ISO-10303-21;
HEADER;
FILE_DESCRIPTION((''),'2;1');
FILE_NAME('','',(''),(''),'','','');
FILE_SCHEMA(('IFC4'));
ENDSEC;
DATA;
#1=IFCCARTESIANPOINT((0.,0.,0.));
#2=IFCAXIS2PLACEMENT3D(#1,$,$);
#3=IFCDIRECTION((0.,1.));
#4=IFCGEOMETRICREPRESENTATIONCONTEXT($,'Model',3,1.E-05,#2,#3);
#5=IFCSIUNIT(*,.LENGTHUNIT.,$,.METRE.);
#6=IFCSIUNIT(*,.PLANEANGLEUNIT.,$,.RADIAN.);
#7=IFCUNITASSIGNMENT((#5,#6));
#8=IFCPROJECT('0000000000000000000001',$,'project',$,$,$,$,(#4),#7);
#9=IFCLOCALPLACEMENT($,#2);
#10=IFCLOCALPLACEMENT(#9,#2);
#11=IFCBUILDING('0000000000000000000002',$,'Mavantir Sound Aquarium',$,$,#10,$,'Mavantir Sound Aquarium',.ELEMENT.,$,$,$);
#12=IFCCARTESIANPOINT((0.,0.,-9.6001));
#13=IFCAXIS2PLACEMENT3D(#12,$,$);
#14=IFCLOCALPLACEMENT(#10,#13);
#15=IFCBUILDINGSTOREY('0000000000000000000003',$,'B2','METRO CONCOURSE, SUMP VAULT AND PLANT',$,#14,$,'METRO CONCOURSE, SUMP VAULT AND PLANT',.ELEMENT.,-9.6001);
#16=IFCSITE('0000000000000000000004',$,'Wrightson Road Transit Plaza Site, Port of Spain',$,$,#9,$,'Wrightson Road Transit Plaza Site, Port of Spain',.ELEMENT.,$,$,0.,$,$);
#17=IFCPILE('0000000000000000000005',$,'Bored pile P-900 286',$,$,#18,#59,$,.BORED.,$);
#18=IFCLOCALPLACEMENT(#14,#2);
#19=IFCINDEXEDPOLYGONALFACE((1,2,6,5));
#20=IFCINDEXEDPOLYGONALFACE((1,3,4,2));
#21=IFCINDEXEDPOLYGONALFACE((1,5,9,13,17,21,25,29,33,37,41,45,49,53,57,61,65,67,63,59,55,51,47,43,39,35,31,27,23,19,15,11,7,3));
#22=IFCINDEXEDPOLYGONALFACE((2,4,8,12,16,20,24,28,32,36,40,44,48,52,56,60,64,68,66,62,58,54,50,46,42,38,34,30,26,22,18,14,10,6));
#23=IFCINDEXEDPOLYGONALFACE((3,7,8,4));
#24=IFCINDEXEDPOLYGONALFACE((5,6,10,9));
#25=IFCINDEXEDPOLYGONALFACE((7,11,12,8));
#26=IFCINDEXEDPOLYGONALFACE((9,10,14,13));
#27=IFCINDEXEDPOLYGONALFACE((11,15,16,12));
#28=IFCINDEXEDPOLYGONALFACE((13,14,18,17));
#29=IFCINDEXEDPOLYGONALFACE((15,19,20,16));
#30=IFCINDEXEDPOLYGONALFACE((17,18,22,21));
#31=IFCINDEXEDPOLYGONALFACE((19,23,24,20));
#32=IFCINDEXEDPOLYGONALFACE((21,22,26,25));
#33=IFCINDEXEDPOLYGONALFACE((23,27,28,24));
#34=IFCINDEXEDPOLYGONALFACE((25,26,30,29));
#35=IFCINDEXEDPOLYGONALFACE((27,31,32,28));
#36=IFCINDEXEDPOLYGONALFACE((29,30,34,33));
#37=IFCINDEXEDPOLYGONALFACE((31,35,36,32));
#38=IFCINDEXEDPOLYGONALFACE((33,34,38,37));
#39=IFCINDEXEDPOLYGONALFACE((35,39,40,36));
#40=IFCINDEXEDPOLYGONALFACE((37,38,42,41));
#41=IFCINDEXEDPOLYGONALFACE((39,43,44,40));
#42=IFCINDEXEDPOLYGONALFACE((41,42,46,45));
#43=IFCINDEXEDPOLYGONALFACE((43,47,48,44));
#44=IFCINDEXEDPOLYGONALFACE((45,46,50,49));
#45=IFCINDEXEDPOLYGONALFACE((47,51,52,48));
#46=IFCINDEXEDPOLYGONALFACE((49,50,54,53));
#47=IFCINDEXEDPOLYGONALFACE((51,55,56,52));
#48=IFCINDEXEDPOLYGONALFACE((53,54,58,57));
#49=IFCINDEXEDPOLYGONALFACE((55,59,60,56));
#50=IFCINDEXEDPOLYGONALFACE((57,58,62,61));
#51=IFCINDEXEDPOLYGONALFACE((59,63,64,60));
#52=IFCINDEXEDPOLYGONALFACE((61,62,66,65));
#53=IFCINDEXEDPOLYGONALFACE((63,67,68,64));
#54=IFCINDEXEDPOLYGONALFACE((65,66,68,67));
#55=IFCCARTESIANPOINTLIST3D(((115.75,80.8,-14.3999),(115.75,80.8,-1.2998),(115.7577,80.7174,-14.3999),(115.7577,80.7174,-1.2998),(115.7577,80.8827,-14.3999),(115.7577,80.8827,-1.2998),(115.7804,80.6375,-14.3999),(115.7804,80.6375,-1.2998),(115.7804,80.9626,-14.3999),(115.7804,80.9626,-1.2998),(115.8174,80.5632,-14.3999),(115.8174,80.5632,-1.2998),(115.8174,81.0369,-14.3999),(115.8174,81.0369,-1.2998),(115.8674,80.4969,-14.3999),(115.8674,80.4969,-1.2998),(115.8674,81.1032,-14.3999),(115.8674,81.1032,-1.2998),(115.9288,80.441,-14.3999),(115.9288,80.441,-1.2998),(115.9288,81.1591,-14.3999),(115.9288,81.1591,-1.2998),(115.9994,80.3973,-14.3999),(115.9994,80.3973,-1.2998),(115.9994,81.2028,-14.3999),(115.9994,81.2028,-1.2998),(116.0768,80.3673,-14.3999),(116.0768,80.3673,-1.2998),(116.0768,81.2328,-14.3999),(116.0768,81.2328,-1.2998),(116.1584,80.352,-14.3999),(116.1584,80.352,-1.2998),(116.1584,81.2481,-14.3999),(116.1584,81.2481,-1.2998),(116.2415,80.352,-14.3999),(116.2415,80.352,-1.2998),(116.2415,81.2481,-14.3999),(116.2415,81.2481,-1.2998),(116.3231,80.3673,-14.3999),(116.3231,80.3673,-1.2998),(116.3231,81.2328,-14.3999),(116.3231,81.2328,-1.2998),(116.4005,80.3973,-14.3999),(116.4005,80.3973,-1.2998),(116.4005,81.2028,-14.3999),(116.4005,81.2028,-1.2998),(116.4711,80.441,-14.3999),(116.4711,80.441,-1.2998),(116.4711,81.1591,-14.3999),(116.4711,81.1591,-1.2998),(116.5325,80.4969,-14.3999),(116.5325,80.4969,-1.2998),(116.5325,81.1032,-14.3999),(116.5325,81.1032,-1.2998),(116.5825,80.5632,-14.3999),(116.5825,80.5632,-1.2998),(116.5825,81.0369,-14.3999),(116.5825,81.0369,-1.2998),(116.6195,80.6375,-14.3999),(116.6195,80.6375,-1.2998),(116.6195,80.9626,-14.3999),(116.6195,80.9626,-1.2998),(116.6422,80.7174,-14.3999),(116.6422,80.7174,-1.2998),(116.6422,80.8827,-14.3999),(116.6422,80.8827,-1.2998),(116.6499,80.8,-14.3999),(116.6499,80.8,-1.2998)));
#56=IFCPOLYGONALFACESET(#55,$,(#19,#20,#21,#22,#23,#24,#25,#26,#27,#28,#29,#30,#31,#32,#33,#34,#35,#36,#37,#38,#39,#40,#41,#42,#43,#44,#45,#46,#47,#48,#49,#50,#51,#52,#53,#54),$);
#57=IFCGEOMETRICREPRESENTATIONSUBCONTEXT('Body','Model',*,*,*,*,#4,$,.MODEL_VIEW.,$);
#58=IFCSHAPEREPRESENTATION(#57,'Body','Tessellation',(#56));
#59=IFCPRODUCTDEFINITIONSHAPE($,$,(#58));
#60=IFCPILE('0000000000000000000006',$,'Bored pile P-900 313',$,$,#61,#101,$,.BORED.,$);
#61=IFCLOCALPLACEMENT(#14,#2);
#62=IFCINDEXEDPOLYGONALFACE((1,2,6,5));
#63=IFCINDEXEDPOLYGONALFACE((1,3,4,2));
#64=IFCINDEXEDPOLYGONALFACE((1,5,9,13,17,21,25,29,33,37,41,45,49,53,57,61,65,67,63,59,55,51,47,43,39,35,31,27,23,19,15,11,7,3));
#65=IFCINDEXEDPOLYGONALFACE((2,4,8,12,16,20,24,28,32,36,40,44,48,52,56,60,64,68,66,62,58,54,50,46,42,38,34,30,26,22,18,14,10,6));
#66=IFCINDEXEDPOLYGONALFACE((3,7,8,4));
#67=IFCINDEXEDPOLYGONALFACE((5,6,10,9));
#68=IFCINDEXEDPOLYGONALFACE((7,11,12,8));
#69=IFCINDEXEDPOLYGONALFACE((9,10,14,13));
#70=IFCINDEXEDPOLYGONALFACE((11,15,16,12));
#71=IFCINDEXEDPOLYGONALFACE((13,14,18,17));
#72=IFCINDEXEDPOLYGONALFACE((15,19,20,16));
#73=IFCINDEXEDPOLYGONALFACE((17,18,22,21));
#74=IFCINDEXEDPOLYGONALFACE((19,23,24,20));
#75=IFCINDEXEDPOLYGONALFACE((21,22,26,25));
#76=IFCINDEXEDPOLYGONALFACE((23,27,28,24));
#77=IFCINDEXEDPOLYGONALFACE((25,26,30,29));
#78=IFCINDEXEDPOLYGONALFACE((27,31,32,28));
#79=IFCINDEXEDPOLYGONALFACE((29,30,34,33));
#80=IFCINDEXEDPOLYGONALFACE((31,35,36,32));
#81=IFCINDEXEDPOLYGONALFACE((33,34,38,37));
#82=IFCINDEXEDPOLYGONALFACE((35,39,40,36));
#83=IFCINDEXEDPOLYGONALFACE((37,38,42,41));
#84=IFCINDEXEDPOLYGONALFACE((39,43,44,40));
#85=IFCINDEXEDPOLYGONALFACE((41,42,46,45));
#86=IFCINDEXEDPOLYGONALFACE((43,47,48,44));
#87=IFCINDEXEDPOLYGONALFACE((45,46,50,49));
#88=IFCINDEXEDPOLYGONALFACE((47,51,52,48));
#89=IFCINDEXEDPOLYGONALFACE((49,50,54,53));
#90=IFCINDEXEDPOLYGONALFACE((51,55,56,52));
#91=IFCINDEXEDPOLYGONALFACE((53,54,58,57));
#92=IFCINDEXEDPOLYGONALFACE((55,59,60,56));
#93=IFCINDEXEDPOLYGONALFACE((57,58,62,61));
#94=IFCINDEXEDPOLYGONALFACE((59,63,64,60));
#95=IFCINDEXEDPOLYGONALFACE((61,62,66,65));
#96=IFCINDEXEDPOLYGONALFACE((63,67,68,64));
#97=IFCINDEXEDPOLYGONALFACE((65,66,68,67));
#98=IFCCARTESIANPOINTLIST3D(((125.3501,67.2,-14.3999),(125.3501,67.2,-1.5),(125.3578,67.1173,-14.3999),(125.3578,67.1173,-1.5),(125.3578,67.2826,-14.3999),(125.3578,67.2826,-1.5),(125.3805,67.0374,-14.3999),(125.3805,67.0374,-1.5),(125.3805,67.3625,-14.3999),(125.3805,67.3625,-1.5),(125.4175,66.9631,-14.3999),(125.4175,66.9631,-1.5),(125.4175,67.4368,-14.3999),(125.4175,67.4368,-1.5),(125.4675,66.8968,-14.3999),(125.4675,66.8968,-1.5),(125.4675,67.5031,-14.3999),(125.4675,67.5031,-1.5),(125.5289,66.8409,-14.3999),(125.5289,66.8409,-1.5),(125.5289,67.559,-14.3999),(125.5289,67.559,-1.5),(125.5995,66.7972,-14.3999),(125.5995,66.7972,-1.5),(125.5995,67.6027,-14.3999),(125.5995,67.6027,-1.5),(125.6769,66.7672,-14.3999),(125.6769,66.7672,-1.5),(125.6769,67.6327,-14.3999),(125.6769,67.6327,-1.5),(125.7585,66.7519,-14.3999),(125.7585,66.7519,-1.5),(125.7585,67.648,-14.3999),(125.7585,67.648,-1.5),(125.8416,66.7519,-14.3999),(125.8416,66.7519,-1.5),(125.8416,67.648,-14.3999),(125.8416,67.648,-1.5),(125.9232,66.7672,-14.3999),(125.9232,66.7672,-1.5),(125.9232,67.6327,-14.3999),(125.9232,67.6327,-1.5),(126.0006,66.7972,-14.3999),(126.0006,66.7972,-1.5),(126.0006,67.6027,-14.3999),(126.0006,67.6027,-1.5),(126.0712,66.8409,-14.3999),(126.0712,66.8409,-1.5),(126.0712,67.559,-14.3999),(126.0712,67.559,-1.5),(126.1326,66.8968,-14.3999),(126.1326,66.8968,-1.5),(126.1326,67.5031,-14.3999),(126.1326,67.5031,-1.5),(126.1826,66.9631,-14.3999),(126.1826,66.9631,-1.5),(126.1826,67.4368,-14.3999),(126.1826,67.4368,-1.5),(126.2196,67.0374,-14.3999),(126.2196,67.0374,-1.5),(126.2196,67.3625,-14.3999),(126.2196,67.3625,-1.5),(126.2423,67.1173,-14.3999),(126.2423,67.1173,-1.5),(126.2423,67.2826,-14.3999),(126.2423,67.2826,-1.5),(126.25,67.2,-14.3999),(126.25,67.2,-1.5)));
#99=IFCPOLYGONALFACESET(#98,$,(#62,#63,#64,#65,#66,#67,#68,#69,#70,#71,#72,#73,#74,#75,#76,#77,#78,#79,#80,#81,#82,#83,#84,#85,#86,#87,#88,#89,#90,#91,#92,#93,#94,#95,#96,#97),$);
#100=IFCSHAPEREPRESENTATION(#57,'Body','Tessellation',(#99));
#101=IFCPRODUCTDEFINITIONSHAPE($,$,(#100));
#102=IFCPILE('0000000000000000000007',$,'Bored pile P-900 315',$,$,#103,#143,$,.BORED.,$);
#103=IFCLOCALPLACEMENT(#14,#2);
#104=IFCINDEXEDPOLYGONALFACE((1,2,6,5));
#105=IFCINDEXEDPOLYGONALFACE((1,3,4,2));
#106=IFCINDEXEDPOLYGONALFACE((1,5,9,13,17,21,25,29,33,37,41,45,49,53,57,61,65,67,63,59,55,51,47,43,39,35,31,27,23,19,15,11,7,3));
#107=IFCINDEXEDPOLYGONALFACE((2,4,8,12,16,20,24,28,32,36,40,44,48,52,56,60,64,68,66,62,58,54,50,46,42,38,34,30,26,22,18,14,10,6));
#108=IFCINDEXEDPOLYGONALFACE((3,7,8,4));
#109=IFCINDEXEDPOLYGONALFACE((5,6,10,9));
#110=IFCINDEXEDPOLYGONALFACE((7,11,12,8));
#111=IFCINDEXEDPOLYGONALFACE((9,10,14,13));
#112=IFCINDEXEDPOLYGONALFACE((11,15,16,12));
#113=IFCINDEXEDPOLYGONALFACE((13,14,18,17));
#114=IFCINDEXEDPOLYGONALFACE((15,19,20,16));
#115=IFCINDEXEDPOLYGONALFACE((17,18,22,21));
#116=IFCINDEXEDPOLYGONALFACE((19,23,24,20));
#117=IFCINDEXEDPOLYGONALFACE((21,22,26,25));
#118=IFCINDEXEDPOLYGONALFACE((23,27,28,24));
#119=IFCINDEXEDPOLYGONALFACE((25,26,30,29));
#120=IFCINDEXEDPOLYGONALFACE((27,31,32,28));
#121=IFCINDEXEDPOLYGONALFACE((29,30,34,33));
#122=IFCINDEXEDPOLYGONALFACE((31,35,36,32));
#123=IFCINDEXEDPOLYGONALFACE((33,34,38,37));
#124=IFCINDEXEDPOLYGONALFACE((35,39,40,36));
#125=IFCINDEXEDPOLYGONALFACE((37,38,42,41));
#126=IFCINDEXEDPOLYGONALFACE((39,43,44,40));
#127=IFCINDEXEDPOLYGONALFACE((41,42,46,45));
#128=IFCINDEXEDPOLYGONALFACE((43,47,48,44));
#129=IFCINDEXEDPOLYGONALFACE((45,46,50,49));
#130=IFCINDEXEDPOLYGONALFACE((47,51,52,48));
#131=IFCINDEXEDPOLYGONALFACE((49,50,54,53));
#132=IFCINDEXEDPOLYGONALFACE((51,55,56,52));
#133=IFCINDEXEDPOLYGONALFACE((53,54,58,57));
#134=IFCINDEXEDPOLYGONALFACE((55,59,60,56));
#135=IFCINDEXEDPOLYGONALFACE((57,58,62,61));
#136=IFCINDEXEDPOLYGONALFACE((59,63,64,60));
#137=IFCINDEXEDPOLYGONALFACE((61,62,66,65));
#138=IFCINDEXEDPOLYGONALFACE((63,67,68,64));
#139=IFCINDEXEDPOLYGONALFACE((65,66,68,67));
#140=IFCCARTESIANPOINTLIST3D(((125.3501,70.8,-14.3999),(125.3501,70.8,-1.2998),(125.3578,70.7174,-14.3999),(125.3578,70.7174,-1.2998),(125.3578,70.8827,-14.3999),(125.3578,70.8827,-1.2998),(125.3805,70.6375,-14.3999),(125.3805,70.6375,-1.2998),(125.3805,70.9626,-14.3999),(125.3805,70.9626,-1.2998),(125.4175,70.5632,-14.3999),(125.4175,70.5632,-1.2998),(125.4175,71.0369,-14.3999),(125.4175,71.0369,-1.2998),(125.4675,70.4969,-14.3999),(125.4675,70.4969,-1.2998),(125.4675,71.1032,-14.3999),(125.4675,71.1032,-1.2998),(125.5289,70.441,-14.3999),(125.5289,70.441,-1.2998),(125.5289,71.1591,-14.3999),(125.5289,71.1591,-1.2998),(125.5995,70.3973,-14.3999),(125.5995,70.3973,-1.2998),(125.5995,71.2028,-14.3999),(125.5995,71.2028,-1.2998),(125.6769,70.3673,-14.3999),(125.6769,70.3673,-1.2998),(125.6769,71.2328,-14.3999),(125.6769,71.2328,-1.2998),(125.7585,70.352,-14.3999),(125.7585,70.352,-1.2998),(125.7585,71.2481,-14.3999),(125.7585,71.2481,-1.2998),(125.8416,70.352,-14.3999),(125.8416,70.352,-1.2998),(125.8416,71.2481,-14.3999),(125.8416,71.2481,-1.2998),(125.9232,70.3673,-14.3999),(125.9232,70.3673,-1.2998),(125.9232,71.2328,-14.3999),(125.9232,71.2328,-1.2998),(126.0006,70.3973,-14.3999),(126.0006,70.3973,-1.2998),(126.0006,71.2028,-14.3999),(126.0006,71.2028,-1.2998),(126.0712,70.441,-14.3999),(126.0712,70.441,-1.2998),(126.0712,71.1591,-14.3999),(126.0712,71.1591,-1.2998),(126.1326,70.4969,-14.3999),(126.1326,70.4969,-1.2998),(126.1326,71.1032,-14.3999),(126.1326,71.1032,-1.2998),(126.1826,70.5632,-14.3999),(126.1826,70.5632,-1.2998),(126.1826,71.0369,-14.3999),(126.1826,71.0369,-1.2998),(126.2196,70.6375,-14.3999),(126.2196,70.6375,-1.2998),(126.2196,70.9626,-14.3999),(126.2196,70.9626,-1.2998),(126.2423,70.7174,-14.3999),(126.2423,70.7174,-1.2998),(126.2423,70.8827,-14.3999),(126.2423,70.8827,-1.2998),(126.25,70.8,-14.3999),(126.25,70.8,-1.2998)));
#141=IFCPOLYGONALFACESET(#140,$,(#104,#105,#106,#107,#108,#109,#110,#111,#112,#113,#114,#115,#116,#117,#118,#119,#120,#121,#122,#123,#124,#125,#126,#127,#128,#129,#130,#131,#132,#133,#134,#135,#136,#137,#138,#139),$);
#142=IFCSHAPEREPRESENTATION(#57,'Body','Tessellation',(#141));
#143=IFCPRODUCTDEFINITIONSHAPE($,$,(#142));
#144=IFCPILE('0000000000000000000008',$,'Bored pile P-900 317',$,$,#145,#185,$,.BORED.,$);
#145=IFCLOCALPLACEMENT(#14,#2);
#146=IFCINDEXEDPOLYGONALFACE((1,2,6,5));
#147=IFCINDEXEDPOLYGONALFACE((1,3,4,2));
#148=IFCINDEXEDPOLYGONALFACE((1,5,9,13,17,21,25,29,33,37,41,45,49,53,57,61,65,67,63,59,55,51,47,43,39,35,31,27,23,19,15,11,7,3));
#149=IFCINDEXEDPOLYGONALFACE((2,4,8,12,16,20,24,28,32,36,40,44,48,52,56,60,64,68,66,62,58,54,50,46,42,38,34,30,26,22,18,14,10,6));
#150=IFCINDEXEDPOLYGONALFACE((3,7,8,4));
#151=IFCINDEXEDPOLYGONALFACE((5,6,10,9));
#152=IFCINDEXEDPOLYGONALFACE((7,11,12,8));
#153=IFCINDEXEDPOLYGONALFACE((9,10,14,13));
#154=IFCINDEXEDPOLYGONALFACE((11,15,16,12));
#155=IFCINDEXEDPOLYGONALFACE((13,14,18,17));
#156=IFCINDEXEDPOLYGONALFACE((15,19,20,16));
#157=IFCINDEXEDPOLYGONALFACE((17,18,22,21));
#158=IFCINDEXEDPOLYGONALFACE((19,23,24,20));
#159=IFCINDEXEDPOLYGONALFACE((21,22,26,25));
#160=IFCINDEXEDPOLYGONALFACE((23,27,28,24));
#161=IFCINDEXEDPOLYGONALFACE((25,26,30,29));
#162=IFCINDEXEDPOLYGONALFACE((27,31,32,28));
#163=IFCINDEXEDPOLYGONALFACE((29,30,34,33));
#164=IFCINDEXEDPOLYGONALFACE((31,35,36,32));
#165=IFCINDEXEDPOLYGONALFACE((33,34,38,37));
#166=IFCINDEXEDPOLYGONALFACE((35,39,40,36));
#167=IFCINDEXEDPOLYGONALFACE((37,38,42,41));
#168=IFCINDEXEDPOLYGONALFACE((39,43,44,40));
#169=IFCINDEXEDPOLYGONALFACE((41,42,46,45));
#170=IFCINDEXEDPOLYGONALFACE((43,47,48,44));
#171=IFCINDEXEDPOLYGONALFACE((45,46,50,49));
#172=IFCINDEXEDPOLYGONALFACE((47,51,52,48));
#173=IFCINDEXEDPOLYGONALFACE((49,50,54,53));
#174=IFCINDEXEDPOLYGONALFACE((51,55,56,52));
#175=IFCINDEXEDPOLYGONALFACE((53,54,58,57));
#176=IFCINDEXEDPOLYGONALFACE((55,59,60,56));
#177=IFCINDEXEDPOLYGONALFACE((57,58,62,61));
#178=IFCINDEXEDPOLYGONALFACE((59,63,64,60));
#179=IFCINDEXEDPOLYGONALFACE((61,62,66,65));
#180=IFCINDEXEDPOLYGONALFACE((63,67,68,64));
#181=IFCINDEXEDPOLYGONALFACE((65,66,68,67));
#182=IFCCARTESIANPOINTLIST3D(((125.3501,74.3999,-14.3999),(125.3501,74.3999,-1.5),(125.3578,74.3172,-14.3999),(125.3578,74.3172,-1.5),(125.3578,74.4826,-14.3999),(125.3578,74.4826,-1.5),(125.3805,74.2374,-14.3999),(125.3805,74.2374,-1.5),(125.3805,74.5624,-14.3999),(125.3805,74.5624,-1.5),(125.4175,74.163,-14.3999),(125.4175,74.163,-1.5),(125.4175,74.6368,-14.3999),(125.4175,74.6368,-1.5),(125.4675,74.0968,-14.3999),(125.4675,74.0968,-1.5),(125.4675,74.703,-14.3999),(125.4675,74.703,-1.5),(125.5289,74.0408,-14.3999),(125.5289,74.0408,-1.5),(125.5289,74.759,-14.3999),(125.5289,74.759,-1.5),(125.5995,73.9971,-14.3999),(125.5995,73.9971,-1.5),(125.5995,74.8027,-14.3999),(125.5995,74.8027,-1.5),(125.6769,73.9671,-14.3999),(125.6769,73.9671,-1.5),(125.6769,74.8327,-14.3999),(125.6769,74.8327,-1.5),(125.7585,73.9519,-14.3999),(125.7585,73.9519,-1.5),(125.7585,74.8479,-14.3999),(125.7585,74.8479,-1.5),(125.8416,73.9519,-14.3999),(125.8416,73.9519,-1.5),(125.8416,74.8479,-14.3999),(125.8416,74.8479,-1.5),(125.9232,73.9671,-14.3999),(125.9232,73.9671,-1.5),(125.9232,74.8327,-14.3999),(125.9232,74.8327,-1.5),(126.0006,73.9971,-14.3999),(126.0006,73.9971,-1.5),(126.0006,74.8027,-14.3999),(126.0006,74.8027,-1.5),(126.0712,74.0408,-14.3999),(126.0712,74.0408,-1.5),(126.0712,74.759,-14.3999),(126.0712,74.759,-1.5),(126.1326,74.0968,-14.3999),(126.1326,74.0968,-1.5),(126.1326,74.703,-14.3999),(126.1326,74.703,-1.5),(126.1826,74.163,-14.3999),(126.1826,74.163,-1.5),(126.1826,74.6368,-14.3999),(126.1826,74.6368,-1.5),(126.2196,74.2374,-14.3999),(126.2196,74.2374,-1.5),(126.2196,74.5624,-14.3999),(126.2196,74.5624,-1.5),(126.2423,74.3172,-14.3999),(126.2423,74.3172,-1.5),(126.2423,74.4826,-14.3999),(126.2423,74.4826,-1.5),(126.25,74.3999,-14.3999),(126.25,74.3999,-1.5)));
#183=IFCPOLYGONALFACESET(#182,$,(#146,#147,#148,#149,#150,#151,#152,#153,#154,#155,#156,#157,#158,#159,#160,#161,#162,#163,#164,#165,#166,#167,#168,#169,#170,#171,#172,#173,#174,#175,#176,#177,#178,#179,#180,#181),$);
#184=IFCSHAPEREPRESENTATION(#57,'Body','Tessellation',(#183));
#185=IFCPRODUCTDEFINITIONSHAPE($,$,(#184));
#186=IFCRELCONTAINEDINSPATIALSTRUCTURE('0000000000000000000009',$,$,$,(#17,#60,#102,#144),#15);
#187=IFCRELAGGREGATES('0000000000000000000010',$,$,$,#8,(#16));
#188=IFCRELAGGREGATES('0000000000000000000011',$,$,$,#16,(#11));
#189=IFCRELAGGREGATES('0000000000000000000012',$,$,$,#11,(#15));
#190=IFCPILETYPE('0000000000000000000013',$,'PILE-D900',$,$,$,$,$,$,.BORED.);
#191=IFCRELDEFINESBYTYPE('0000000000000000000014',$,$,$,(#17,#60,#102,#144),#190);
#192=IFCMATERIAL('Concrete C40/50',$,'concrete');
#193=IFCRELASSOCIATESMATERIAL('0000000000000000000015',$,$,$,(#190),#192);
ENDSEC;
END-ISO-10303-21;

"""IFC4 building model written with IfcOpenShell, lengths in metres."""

from ifc_helpers import new_model, si_unit, direction, frame, origin, origin_2d, place, context, subcontext, project, spatial, circle, extrude, material, material_profile, profile_set, type_object, element, save


model = new_model("IFC4")

# Units and contexts
model_context = context("Model", 3, precision=1e-05, world=origin(), true_north=direction((0.0, 1.0)))
body_context = subcontext(model_context, "Body", "Model", "MODEL_VIEW")
ifc_project = project(units=[si_unit("LENGTHUNIT", "METRE"), si_unit("PLANEANGLEUNIT", "RADIAN")], contexts=[model_context])

# Site, building, storey
site_placement = place(None, origin())
site = spatial("IfcSite", under=ifc_project, at=site_placement, Name="Wrightson Road Transit Plaza Site, Port of Spain", LongName="Wrightson Road Transit Plaza Site, Port of Spain", CompositionType="ELEMENT", RefElevation=0.0)
building_placement = place(site_placement, origin())
building = spatial("IfcBuilding", under=site, at=building_placement, Name="Mavantir Sound Aquarium", LongName="Mavantir Sound Aquarium", CompositionType="ELEMENT")
storey_placement = place(building_placement, frame((0.0, 0.0, -9.6001)))
storey = spatial("IfcBuildingStorey", under=building, at=storey_placement, Name="B2", Description="METRO CONCOURSE, SUMP VAULT AND PLANT", LongName="METRO CONCOURSE, SUMP VAULT AND PLANT", CompositionType="ELEMENT", Elevation=-9.6001)

# Shared definitions
ifc_material = material(Name="Concrete C40/50", Category="concrete")

# Piles
ifc_material_profile_1 = material_profile(ifc_material, circle(Radius=0.45, at=origin_2d()), Name="PILE D900")
ifc_profile_set_1 = profile_set([ifc_material_profile_1], Name="Concrete C40/50")
pile_type = type_object("IfcPileType", Name="PILE-D900", PredefinedType="BORED", material=ifc_profile_set_1)
pile_1_placement = place(storey_placement, frame((116.2, 80.8, -1.2998), z_axis=(0.0, 0.0, -1.0), x_axis=(1.0, 0.0, 0.0)))
element("IfcPile", 1, at=pile_1_placement, inside=storey, type_object=pile_type, Name="Bored pile P-900 286", PredefinedType="BORED", context=body_context, shape_type="SweptSolid", body=[
    extrude(circle(Radius=0.45, at=origin_2d()), origin(), (0.0, 0.0, 1.0), 13.1001),
])
pile_2_placement = place(storey_placement, frame((125.8, 67.2, -1.5), z_axis=(0.0, 0.0, -1.0), x_axis=(1.0, 0.0, 0.0)))
element("IfcPile", 2, at=pile_2_placement, inside=storey, type_object=pile_type, Name="Bored pile P-900 313", PredefinedType="BORED", context=body_context, shape_type="SweptSolid", body=[
    extrude(circle(Radius=0.45, at=origin_2d()), origin(), (0.0, 0.0, 1.0), 12.8999),
])
pile_3_placement = place(storey_placement, frame((125.8, 70.8, -1.2998), z_axis=(0.0, 0.0, -1.0), x_axis=(1.0, 0.0, 0.0)))
element("IfcPile", 3, at=pile_3_placement, inside=storey, type_object=pile_type, Name="Bored pile P-900 315", PredefinedType="BORED", context=body_context, shape_type="SweptSolid", body=[
    extrude(circle(Radius=0.45, at=origin_2d()), origin(), (0.0, 0.0, 1.0), 13.1001),
])
for number, where, z_axis, x_axis, name in (
    (4, (125.8, 74.3999, -1.5), (0.0, 0.0, -1.0), (1.0, 0.0, 0.0), "Bored pile P-900 317"),
):
    element("IfcPile", number, at=place(storey_placement, frame(where, z_axis=z_axis, x_axis=x_axis)), inside=storey, type_object=pile_type, Name=name, PredefinedType="BORED", context=body_context, shape_type="SweptSolid", body=[
        extrude(circle(Radius=0.45, at=origin_2d()), origin(), (0.0, 0.0, 1.0), 12.8999),
    ])

save(model, "model.ifc")
